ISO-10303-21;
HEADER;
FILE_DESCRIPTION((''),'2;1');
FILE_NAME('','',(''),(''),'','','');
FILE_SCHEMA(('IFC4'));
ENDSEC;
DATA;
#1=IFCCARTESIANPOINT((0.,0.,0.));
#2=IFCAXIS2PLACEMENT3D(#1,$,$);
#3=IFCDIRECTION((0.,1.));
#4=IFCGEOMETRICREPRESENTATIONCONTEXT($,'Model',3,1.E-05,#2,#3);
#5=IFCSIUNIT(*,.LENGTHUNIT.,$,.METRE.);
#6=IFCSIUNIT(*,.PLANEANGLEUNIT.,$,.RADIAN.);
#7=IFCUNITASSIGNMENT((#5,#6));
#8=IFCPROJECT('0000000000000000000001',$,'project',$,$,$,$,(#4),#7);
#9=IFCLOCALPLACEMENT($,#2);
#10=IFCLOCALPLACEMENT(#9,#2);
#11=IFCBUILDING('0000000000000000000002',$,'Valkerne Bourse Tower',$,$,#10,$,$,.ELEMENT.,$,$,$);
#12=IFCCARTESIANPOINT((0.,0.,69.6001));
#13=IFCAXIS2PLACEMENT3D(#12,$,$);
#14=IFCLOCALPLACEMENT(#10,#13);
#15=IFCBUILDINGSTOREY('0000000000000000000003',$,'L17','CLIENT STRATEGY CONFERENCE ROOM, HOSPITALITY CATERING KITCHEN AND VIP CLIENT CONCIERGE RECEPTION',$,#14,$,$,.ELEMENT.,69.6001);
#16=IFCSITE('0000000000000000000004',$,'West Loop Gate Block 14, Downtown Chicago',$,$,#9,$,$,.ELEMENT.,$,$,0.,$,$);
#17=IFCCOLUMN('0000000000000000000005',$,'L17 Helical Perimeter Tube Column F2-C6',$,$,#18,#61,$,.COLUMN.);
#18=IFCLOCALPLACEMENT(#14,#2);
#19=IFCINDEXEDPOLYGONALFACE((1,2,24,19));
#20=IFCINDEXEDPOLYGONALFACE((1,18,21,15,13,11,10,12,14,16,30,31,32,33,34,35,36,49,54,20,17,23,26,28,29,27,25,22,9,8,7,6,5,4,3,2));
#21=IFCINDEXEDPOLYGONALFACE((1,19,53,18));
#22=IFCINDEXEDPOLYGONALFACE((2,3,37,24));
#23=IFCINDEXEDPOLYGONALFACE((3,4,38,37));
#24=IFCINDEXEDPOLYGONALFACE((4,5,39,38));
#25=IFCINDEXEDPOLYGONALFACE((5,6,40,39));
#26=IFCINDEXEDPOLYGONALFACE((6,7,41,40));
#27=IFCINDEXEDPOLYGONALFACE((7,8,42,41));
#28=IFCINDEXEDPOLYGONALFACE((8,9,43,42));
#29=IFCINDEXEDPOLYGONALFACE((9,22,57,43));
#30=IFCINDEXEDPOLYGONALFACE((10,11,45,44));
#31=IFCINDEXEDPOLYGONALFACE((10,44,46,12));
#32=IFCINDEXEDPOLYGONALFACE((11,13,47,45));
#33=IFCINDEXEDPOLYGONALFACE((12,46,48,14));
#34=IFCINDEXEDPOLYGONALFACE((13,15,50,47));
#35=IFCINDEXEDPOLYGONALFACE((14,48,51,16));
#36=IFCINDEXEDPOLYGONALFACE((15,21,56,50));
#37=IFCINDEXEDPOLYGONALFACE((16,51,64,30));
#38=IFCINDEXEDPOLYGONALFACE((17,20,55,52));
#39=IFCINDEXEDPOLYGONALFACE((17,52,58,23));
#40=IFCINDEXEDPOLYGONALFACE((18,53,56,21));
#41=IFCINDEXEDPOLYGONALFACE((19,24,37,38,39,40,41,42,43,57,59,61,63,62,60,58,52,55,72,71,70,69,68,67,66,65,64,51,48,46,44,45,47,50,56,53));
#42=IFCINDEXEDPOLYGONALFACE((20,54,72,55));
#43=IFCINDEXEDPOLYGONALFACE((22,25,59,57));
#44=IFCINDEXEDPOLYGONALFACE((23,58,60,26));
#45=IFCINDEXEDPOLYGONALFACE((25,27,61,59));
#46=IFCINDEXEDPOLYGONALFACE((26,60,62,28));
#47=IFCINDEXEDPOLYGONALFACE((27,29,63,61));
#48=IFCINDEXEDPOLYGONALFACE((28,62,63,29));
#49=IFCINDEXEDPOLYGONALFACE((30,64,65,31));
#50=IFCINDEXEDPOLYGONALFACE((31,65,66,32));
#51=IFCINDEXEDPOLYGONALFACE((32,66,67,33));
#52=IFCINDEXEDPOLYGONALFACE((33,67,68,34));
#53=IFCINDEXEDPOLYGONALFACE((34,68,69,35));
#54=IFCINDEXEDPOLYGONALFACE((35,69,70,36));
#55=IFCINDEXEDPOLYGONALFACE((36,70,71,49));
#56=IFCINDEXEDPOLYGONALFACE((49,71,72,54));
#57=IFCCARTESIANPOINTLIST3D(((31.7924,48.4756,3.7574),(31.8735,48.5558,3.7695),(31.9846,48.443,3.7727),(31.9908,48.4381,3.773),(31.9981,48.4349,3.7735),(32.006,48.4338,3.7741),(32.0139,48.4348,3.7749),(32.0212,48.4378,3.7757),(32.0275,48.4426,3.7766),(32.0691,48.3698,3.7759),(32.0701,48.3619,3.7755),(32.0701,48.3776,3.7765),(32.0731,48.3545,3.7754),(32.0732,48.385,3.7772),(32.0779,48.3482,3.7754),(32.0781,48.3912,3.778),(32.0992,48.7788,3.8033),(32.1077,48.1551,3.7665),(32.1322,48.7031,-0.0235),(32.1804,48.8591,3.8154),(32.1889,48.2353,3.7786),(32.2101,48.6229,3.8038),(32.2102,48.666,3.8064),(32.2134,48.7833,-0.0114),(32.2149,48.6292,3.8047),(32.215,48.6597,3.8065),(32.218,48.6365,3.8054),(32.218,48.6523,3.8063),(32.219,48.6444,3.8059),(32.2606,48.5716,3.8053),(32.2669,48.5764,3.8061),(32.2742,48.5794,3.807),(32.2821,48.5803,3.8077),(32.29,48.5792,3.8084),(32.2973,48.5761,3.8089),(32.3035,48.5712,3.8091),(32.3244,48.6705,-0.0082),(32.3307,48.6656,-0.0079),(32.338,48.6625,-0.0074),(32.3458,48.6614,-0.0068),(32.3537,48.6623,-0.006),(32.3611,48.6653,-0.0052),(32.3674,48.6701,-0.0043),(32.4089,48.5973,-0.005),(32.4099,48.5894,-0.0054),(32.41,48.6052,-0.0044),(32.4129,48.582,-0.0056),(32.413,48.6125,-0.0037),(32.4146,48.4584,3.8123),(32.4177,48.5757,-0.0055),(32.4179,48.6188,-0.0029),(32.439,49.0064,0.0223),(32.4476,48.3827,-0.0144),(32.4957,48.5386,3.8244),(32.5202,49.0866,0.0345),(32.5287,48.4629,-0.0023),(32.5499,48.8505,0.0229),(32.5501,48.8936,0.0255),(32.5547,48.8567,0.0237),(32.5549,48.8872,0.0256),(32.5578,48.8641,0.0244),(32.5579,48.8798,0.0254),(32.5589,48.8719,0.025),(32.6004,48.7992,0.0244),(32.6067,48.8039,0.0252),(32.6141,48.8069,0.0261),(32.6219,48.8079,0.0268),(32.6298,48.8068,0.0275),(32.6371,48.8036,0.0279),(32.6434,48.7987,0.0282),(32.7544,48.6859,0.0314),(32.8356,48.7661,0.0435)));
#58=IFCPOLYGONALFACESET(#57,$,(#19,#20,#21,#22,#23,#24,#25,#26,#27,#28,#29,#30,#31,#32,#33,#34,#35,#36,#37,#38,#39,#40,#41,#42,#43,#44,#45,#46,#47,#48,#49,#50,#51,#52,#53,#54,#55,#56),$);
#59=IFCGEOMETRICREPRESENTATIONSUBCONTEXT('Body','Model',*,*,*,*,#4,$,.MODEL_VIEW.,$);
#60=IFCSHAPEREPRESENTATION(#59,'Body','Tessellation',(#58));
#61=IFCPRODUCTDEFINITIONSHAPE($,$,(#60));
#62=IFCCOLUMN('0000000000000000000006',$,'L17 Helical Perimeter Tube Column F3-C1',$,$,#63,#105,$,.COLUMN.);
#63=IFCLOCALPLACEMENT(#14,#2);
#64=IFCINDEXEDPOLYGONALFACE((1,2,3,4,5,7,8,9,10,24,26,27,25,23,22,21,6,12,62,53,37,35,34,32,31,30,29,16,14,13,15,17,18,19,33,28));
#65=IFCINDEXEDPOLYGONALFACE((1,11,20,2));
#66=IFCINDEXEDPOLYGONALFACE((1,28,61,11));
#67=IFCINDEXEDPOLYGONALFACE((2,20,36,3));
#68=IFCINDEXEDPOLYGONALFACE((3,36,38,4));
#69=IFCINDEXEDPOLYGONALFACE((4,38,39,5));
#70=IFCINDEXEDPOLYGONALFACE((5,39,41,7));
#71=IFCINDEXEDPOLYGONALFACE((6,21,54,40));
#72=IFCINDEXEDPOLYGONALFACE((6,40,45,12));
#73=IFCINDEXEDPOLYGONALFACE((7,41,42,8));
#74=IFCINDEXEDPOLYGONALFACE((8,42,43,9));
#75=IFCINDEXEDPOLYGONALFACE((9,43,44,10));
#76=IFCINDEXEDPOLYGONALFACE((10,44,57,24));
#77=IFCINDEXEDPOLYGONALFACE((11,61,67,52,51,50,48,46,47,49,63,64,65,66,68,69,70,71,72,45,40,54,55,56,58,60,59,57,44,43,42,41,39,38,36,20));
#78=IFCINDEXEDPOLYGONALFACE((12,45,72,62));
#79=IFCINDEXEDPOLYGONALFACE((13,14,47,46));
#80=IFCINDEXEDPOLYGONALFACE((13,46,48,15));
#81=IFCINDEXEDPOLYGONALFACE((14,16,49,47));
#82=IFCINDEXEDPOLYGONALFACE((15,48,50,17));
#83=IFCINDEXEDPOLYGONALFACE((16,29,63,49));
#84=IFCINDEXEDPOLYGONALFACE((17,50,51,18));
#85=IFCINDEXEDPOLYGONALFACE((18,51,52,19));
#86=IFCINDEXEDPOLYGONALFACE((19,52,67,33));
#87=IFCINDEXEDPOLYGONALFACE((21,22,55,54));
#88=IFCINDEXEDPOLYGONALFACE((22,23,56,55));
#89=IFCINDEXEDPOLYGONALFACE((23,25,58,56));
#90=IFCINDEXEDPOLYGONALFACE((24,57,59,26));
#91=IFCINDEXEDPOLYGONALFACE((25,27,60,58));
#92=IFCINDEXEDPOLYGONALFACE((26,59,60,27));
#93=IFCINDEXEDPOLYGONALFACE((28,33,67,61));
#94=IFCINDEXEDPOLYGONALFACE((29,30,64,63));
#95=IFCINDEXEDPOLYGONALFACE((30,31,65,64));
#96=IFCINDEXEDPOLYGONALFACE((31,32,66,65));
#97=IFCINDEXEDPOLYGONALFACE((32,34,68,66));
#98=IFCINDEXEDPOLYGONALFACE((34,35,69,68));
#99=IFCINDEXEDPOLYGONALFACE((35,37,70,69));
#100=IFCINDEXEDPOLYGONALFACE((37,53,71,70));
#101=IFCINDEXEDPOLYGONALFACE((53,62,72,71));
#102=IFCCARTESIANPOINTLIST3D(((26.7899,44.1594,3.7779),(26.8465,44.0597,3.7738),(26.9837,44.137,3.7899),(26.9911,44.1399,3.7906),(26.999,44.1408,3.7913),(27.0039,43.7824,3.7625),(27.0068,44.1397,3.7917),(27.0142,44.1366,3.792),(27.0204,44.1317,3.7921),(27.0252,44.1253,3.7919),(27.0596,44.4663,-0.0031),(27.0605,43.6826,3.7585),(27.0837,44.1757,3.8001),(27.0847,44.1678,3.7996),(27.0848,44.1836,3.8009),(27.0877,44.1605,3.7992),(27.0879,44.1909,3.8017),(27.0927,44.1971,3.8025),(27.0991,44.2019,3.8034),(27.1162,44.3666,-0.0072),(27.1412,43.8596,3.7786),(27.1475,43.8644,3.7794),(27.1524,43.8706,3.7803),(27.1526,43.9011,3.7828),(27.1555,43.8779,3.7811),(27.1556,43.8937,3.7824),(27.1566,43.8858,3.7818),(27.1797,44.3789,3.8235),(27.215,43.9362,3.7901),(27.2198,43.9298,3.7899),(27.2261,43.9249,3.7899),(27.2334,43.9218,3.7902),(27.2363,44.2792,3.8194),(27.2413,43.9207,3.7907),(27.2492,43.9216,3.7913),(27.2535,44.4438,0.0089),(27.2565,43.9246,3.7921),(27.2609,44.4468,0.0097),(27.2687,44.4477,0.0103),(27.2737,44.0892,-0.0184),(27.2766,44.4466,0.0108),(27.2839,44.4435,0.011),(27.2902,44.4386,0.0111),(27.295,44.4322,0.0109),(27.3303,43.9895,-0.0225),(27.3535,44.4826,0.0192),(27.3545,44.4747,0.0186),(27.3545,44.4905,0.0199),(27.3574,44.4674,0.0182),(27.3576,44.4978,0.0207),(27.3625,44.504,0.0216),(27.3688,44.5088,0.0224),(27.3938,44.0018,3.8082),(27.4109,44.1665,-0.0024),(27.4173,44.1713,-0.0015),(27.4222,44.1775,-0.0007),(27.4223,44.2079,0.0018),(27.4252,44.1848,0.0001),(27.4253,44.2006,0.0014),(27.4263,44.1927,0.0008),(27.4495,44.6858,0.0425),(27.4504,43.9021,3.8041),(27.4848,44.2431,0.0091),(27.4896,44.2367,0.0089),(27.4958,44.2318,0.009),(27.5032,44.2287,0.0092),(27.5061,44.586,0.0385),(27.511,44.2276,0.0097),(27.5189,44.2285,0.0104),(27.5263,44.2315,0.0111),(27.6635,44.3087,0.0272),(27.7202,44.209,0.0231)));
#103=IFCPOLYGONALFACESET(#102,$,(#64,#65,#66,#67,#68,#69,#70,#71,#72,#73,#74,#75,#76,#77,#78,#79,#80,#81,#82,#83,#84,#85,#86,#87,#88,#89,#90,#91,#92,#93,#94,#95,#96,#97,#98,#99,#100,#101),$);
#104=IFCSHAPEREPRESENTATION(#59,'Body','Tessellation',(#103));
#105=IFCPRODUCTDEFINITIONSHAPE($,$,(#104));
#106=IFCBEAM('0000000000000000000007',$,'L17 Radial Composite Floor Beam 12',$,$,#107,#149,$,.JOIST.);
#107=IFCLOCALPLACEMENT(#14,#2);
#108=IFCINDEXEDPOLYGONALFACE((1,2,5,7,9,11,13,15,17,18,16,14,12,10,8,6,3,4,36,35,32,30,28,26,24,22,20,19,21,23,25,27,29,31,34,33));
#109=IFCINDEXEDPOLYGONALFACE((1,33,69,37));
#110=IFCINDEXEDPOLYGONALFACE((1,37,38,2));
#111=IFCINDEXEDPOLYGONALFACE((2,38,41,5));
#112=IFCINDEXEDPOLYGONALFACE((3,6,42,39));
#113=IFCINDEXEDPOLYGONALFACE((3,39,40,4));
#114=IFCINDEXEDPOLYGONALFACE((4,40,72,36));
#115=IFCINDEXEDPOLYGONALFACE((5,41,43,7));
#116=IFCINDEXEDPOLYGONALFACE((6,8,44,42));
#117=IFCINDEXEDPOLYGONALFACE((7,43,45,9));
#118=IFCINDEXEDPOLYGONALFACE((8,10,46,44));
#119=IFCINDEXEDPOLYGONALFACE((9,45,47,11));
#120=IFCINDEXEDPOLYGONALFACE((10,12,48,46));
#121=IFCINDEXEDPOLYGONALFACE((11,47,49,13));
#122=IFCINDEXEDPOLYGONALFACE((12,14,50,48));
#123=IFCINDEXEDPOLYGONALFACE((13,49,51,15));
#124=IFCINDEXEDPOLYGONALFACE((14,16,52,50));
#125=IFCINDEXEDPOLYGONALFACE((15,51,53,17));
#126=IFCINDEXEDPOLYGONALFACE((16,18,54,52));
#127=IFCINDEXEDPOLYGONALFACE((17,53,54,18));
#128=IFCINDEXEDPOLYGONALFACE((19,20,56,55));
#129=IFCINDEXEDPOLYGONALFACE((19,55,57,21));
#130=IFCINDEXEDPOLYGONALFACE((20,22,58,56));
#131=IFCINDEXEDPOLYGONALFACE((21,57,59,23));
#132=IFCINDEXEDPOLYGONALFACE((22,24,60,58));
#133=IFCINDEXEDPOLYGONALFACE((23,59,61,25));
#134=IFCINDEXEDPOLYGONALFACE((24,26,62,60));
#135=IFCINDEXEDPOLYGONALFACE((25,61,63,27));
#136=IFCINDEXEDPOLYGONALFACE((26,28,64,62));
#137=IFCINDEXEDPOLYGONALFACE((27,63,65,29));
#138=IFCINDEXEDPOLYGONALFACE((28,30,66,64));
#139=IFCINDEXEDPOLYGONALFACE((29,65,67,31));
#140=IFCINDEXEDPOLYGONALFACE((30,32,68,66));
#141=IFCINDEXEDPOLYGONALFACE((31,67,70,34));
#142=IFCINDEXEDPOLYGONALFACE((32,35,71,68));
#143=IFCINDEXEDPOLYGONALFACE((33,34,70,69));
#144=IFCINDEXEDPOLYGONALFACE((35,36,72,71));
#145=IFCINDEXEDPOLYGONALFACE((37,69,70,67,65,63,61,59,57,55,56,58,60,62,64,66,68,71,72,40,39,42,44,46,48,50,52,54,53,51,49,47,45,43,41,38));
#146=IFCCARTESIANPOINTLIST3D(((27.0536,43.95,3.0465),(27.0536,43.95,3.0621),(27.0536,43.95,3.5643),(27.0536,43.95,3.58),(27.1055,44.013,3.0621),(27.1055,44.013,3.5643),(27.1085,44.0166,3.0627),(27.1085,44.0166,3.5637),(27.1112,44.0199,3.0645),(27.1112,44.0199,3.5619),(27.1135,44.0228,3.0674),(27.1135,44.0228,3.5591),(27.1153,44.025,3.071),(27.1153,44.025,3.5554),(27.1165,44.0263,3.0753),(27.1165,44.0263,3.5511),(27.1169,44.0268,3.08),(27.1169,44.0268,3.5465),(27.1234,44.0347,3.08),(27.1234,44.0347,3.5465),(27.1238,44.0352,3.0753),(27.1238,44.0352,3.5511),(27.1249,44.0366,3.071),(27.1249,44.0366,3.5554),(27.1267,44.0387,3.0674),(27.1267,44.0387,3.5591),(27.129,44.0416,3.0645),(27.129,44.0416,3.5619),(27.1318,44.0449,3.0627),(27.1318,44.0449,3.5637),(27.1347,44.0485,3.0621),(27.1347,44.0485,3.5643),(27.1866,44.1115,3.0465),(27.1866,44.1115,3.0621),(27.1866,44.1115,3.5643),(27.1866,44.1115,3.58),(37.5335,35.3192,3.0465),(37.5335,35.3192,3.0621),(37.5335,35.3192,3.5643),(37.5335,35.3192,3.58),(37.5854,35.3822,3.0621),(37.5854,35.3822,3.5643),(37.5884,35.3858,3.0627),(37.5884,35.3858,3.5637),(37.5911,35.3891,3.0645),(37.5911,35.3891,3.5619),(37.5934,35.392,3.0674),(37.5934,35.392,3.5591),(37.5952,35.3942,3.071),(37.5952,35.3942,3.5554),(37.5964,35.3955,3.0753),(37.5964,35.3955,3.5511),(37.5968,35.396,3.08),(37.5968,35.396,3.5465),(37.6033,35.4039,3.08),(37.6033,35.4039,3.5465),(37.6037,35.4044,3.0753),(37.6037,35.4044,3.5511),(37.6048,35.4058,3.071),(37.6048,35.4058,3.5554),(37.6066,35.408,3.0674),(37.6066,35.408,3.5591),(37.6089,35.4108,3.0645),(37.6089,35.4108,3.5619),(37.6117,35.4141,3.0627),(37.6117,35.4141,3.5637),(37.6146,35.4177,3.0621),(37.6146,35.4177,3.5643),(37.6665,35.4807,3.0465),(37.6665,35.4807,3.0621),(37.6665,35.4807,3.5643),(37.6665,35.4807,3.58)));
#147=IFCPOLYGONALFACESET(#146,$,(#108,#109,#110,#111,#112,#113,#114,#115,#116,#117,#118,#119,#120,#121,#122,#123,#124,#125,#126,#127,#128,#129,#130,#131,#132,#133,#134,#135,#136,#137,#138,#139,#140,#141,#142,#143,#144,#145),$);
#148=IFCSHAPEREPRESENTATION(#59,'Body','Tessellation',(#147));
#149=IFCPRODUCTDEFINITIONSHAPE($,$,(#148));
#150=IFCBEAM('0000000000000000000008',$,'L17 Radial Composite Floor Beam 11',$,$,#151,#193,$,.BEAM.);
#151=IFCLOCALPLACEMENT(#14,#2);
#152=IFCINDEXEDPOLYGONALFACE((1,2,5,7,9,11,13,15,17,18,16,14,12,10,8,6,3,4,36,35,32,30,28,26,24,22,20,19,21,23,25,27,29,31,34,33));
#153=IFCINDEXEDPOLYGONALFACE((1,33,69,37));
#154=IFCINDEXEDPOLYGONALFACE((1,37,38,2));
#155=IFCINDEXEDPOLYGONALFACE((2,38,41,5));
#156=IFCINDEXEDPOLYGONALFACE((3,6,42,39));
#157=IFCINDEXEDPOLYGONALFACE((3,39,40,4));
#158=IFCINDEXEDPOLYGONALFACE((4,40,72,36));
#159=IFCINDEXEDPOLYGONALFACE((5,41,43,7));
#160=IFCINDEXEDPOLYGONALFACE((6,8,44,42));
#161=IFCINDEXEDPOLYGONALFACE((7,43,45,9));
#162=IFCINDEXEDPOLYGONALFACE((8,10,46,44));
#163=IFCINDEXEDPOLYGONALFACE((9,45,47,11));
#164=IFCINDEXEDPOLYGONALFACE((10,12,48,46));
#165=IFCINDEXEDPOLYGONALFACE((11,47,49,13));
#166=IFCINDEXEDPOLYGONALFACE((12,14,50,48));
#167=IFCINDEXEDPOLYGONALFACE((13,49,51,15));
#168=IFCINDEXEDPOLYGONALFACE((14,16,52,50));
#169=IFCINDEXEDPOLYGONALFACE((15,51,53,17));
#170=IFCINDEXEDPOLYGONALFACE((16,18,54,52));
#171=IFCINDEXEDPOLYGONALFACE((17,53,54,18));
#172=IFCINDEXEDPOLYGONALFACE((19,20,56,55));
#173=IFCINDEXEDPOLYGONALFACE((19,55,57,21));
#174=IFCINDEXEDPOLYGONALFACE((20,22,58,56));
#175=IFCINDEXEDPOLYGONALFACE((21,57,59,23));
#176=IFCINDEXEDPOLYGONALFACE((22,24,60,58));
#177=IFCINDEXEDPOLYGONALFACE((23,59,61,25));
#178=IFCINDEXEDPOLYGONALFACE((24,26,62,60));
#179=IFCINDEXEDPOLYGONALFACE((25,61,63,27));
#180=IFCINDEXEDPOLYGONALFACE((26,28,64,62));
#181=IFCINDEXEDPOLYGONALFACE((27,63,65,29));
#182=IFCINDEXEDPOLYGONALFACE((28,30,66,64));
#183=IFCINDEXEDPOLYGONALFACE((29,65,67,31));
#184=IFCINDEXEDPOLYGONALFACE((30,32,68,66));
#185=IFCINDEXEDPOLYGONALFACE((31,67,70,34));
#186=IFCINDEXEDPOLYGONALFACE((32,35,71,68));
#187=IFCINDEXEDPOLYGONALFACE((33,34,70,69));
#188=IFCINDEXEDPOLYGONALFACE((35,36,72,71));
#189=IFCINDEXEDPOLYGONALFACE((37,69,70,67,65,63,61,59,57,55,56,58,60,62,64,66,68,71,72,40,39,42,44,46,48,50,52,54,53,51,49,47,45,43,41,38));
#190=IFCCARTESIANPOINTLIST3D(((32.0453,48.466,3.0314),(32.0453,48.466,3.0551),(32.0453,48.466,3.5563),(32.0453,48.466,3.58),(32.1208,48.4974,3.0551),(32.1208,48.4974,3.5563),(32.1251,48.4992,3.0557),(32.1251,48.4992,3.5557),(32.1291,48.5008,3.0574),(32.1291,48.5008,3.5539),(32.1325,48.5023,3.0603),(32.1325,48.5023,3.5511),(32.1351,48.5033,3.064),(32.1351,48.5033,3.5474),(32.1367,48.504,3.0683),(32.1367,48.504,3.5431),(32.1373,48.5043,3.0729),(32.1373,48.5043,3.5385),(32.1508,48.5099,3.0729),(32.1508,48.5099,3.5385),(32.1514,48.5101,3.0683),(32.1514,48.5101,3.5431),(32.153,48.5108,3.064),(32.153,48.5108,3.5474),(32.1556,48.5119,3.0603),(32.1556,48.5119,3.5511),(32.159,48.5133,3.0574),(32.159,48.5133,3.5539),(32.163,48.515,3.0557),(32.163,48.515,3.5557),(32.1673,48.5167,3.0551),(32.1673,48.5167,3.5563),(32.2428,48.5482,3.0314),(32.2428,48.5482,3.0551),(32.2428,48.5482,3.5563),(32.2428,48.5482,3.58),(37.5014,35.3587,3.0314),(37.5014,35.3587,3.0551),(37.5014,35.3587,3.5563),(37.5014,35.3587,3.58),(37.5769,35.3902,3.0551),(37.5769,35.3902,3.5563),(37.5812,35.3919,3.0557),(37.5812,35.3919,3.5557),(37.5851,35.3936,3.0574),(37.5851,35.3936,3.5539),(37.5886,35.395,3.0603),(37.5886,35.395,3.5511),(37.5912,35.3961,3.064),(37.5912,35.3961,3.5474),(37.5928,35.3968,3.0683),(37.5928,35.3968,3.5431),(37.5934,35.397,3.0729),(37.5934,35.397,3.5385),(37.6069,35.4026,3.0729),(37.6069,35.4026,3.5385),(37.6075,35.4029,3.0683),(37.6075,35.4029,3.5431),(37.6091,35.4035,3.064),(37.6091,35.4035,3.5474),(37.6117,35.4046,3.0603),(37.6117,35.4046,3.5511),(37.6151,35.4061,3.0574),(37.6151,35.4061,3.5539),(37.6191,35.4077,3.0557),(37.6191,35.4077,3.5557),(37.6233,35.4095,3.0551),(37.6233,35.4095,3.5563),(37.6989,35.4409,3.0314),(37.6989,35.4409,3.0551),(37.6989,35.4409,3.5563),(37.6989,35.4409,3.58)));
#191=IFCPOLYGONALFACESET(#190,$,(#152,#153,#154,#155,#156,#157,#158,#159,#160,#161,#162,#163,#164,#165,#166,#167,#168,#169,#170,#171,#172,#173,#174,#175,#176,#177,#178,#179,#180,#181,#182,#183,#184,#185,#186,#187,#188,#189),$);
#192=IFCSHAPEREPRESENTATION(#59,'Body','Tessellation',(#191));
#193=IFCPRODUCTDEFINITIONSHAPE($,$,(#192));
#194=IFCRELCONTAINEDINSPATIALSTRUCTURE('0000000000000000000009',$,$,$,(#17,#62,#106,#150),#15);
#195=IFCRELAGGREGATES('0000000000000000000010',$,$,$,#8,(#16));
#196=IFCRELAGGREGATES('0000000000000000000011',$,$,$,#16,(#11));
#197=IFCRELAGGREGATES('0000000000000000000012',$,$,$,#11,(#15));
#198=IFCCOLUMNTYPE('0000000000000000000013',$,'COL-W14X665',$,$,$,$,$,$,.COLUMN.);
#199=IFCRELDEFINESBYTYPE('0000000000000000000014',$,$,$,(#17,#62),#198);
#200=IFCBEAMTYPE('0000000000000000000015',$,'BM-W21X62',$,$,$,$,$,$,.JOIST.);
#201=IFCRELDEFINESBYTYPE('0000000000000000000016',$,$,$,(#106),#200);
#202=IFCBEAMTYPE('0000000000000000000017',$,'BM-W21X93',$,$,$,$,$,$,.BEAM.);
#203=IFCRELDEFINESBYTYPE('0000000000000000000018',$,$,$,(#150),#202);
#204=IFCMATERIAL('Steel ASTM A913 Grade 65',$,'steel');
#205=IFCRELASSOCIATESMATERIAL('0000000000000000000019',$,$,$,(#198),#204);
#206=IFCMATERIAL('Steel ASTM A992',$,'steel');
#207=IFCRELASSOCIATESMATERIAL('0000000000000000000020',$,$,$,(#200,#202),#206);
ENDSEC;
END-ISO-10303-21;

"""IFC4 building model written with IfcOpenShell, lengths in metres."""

from ifc_helpers import new_model, si_unit, direction, frame, origin, origin_2d, place, context, subcontext, project, spatial, i_section, extrude, material, material_profile, profile_set, type_object, element, save


model = new_model("IFC4")

# Units and contexts
model_context = context("Model", 3, precision=1e-05, world=origin(), true_north=direction((0.0, 1.0)))
body_context = subcontext(model_context, "Body", "Model", "MODEL_VIEW")
ifc_project = project(units=[si_unit("LENGTHUNIT", "METRE"), si_unit("PLANEANGLEUNIT", "RADIAN")], contexts=[model_context])

# Site, building, storey
site_placement = place(None, origin())
site = spatial("IfcSite", under=ifc_project, at=site_placement, Name="West Loop Gate Block 14, Downtown Chicago", CompositionType="ELEMENT", RefElevation=0.0)
building_placement = place(site_placement, origin())
building = spatial("IfcBuilding", under=site, at=building_placement, Name="Valkerne Bourse Tower", CompositionType="ELEMENT")
storey_placement = place(building_placement, frame((0.0, 0.0, 69.6001)))
storey = spatial("IfcBuildingStorey", under=building, at=storey_placement, Name="L17", Description="CLIENT STRATEGY CONFERENCE ROOM, HOSPITALITY CATERING KITCHEN AND VIP CLIENT CONCIERGE RECEPTION", CompositionType="ELEMENT", Elevation=69.6001)

# Columns
ifc_material_1 = material(Name="Steel ASTM A913 Grade 65", Category="steel")
ifc_material_profile_1 = material_profile(ifc_material_1, i_section(OverallWidth=0.4497, OverallDepth=0.5486, WebThickness=0.072, FlangeThickness=0.1147, FilletRadius=0.0305, at=origin_2d()), Name="W14X665")
ifc_profile_set_1 = profile_set([ifc_material_profile_1], Name="Steel ASTM A913 Grade 65")
column_type = type_object("IfcColumnType", Name="COL-W14X665", PredefinedType="COLUMN", material=ifc_profile_set_1)
for number, where, z_axis, x_axis, name in (
    (1, (32.4839, 48.7346, 0.01), (-0.089361, -0.059831, 0.994201), (-0.701299, 0.712583, -0.020151), "L17 Helical Perimeter Tube Column F2-C6"),
    (2, (27.3899, 44.3376, 0.01), (-0.070937, -0.080695, 0.994211), (-0.866901, -0.488045, -0.101466), "L17 Helical Perimeter Tube Column F3-C1"),
):
    element("IfcColumn", number, at=place(storey_placement, frame(where, z_axis=z_axis, x_axis=x_axis)), inside=storey, type_object=column_type, Name=name, PredefinedType="COLUMN", context=body_context, shape_type="SweptSolid", body=[
        extrude(i_section(OverallWidth=0.4497, OverallDepth=0.5486, WebThickness=0.072, FlangeThickness=0.1147, FilletRadius=0.0305, at=origin_2d()), origin(), (0.0, 0.0, 1.0), 3.803),
    ])

# Beams
ifc_material_2 = material(Name="Steel ASTM A992", Category="steel")
ifc_material_profile_2 = material_profile(ifc_material_2, i_section(OverallWidth=0.2092, OverallDepth=0.5334, WebThickness=0.0103, FlangeThickness=0.0156, FilletRadius=0.0178, at=origin_2d()), Name="W21X62")
ifc_profile_set_2 = profile_set([ifc_material_profile_2], Name="Steel ASTM A992")
beam_type_1 = type_object("IfcBeamType", Name="BM-W21X62", PredefinedType="JOIST", material=ifc_profile_set_2)
beam_1_placement = place(storey_placement, frame((27.1201, 44.0308, 3.3132), z_axis=(0.77192, -0.63572, 0.0), x_axis=(0.63572, 0.77192, 0.0)))
element("IfcBeam", 3, at=beam_1_placement, inside=storey, type_object=beam_type_1, Name="L17 Radial Composite Floor Beam 12", PredefinedType="JOIST", context=body_context, shape_type="SweptSolid", body=[
    extrude(i_section(OverallWidth=0.2092, OverallDepth=0.5334, WebThickness=0.0103, FlangeThickness=0.0156, FilletRadius=0.0178, at=origin_2d()), origin(), (0.0, 0.0, 1.0), 13.5764),
])
ifc_material_profile_3 = material_profile(ifc_material_2, i_section(OverallWidth=0.2139, OverallDepth=0.5486, WebThickness=0.0146, FlangeThickness=0.0237, FilletRadius=0.0178, at=origin_2d()), Name="W21X93")
ifc_profile_set_3 = profile_set([ifc_material_profile_3], Name="Steel ASTM A992")
beam_type_2 = type_object("IfcBeamType", Name="BM-W21X93", PredefinedType="BEAM", material=ifc_profile_set_3)
beam_2_placement = place(storey_placement, frame((32.144, 48.5071, 3.3057), z_axis=(0.384299, -0.923209, 0.0), x_axis=(0.923209, 0.384299, 0.0)))
element("IfcBeam", 4, at=beam_2_placement, inside=storey, type_object=beam_type_2, Name="L17 Radial Composite Floor Beam 11", PredefinedType="BEAM", context=body_context, shape_type="SweptSolid", body=[
    extrude(i_section(OverallWidth=0.2139, OverallDepth=0.5486, WebThickness=0.0146, FlangeThickness=0.0237, FilletRadius=0.0178, at=origin_2d()), origin(), (0.0, 0.0, 1.0), 14.1975),
])

save(model, "model.ifc")
